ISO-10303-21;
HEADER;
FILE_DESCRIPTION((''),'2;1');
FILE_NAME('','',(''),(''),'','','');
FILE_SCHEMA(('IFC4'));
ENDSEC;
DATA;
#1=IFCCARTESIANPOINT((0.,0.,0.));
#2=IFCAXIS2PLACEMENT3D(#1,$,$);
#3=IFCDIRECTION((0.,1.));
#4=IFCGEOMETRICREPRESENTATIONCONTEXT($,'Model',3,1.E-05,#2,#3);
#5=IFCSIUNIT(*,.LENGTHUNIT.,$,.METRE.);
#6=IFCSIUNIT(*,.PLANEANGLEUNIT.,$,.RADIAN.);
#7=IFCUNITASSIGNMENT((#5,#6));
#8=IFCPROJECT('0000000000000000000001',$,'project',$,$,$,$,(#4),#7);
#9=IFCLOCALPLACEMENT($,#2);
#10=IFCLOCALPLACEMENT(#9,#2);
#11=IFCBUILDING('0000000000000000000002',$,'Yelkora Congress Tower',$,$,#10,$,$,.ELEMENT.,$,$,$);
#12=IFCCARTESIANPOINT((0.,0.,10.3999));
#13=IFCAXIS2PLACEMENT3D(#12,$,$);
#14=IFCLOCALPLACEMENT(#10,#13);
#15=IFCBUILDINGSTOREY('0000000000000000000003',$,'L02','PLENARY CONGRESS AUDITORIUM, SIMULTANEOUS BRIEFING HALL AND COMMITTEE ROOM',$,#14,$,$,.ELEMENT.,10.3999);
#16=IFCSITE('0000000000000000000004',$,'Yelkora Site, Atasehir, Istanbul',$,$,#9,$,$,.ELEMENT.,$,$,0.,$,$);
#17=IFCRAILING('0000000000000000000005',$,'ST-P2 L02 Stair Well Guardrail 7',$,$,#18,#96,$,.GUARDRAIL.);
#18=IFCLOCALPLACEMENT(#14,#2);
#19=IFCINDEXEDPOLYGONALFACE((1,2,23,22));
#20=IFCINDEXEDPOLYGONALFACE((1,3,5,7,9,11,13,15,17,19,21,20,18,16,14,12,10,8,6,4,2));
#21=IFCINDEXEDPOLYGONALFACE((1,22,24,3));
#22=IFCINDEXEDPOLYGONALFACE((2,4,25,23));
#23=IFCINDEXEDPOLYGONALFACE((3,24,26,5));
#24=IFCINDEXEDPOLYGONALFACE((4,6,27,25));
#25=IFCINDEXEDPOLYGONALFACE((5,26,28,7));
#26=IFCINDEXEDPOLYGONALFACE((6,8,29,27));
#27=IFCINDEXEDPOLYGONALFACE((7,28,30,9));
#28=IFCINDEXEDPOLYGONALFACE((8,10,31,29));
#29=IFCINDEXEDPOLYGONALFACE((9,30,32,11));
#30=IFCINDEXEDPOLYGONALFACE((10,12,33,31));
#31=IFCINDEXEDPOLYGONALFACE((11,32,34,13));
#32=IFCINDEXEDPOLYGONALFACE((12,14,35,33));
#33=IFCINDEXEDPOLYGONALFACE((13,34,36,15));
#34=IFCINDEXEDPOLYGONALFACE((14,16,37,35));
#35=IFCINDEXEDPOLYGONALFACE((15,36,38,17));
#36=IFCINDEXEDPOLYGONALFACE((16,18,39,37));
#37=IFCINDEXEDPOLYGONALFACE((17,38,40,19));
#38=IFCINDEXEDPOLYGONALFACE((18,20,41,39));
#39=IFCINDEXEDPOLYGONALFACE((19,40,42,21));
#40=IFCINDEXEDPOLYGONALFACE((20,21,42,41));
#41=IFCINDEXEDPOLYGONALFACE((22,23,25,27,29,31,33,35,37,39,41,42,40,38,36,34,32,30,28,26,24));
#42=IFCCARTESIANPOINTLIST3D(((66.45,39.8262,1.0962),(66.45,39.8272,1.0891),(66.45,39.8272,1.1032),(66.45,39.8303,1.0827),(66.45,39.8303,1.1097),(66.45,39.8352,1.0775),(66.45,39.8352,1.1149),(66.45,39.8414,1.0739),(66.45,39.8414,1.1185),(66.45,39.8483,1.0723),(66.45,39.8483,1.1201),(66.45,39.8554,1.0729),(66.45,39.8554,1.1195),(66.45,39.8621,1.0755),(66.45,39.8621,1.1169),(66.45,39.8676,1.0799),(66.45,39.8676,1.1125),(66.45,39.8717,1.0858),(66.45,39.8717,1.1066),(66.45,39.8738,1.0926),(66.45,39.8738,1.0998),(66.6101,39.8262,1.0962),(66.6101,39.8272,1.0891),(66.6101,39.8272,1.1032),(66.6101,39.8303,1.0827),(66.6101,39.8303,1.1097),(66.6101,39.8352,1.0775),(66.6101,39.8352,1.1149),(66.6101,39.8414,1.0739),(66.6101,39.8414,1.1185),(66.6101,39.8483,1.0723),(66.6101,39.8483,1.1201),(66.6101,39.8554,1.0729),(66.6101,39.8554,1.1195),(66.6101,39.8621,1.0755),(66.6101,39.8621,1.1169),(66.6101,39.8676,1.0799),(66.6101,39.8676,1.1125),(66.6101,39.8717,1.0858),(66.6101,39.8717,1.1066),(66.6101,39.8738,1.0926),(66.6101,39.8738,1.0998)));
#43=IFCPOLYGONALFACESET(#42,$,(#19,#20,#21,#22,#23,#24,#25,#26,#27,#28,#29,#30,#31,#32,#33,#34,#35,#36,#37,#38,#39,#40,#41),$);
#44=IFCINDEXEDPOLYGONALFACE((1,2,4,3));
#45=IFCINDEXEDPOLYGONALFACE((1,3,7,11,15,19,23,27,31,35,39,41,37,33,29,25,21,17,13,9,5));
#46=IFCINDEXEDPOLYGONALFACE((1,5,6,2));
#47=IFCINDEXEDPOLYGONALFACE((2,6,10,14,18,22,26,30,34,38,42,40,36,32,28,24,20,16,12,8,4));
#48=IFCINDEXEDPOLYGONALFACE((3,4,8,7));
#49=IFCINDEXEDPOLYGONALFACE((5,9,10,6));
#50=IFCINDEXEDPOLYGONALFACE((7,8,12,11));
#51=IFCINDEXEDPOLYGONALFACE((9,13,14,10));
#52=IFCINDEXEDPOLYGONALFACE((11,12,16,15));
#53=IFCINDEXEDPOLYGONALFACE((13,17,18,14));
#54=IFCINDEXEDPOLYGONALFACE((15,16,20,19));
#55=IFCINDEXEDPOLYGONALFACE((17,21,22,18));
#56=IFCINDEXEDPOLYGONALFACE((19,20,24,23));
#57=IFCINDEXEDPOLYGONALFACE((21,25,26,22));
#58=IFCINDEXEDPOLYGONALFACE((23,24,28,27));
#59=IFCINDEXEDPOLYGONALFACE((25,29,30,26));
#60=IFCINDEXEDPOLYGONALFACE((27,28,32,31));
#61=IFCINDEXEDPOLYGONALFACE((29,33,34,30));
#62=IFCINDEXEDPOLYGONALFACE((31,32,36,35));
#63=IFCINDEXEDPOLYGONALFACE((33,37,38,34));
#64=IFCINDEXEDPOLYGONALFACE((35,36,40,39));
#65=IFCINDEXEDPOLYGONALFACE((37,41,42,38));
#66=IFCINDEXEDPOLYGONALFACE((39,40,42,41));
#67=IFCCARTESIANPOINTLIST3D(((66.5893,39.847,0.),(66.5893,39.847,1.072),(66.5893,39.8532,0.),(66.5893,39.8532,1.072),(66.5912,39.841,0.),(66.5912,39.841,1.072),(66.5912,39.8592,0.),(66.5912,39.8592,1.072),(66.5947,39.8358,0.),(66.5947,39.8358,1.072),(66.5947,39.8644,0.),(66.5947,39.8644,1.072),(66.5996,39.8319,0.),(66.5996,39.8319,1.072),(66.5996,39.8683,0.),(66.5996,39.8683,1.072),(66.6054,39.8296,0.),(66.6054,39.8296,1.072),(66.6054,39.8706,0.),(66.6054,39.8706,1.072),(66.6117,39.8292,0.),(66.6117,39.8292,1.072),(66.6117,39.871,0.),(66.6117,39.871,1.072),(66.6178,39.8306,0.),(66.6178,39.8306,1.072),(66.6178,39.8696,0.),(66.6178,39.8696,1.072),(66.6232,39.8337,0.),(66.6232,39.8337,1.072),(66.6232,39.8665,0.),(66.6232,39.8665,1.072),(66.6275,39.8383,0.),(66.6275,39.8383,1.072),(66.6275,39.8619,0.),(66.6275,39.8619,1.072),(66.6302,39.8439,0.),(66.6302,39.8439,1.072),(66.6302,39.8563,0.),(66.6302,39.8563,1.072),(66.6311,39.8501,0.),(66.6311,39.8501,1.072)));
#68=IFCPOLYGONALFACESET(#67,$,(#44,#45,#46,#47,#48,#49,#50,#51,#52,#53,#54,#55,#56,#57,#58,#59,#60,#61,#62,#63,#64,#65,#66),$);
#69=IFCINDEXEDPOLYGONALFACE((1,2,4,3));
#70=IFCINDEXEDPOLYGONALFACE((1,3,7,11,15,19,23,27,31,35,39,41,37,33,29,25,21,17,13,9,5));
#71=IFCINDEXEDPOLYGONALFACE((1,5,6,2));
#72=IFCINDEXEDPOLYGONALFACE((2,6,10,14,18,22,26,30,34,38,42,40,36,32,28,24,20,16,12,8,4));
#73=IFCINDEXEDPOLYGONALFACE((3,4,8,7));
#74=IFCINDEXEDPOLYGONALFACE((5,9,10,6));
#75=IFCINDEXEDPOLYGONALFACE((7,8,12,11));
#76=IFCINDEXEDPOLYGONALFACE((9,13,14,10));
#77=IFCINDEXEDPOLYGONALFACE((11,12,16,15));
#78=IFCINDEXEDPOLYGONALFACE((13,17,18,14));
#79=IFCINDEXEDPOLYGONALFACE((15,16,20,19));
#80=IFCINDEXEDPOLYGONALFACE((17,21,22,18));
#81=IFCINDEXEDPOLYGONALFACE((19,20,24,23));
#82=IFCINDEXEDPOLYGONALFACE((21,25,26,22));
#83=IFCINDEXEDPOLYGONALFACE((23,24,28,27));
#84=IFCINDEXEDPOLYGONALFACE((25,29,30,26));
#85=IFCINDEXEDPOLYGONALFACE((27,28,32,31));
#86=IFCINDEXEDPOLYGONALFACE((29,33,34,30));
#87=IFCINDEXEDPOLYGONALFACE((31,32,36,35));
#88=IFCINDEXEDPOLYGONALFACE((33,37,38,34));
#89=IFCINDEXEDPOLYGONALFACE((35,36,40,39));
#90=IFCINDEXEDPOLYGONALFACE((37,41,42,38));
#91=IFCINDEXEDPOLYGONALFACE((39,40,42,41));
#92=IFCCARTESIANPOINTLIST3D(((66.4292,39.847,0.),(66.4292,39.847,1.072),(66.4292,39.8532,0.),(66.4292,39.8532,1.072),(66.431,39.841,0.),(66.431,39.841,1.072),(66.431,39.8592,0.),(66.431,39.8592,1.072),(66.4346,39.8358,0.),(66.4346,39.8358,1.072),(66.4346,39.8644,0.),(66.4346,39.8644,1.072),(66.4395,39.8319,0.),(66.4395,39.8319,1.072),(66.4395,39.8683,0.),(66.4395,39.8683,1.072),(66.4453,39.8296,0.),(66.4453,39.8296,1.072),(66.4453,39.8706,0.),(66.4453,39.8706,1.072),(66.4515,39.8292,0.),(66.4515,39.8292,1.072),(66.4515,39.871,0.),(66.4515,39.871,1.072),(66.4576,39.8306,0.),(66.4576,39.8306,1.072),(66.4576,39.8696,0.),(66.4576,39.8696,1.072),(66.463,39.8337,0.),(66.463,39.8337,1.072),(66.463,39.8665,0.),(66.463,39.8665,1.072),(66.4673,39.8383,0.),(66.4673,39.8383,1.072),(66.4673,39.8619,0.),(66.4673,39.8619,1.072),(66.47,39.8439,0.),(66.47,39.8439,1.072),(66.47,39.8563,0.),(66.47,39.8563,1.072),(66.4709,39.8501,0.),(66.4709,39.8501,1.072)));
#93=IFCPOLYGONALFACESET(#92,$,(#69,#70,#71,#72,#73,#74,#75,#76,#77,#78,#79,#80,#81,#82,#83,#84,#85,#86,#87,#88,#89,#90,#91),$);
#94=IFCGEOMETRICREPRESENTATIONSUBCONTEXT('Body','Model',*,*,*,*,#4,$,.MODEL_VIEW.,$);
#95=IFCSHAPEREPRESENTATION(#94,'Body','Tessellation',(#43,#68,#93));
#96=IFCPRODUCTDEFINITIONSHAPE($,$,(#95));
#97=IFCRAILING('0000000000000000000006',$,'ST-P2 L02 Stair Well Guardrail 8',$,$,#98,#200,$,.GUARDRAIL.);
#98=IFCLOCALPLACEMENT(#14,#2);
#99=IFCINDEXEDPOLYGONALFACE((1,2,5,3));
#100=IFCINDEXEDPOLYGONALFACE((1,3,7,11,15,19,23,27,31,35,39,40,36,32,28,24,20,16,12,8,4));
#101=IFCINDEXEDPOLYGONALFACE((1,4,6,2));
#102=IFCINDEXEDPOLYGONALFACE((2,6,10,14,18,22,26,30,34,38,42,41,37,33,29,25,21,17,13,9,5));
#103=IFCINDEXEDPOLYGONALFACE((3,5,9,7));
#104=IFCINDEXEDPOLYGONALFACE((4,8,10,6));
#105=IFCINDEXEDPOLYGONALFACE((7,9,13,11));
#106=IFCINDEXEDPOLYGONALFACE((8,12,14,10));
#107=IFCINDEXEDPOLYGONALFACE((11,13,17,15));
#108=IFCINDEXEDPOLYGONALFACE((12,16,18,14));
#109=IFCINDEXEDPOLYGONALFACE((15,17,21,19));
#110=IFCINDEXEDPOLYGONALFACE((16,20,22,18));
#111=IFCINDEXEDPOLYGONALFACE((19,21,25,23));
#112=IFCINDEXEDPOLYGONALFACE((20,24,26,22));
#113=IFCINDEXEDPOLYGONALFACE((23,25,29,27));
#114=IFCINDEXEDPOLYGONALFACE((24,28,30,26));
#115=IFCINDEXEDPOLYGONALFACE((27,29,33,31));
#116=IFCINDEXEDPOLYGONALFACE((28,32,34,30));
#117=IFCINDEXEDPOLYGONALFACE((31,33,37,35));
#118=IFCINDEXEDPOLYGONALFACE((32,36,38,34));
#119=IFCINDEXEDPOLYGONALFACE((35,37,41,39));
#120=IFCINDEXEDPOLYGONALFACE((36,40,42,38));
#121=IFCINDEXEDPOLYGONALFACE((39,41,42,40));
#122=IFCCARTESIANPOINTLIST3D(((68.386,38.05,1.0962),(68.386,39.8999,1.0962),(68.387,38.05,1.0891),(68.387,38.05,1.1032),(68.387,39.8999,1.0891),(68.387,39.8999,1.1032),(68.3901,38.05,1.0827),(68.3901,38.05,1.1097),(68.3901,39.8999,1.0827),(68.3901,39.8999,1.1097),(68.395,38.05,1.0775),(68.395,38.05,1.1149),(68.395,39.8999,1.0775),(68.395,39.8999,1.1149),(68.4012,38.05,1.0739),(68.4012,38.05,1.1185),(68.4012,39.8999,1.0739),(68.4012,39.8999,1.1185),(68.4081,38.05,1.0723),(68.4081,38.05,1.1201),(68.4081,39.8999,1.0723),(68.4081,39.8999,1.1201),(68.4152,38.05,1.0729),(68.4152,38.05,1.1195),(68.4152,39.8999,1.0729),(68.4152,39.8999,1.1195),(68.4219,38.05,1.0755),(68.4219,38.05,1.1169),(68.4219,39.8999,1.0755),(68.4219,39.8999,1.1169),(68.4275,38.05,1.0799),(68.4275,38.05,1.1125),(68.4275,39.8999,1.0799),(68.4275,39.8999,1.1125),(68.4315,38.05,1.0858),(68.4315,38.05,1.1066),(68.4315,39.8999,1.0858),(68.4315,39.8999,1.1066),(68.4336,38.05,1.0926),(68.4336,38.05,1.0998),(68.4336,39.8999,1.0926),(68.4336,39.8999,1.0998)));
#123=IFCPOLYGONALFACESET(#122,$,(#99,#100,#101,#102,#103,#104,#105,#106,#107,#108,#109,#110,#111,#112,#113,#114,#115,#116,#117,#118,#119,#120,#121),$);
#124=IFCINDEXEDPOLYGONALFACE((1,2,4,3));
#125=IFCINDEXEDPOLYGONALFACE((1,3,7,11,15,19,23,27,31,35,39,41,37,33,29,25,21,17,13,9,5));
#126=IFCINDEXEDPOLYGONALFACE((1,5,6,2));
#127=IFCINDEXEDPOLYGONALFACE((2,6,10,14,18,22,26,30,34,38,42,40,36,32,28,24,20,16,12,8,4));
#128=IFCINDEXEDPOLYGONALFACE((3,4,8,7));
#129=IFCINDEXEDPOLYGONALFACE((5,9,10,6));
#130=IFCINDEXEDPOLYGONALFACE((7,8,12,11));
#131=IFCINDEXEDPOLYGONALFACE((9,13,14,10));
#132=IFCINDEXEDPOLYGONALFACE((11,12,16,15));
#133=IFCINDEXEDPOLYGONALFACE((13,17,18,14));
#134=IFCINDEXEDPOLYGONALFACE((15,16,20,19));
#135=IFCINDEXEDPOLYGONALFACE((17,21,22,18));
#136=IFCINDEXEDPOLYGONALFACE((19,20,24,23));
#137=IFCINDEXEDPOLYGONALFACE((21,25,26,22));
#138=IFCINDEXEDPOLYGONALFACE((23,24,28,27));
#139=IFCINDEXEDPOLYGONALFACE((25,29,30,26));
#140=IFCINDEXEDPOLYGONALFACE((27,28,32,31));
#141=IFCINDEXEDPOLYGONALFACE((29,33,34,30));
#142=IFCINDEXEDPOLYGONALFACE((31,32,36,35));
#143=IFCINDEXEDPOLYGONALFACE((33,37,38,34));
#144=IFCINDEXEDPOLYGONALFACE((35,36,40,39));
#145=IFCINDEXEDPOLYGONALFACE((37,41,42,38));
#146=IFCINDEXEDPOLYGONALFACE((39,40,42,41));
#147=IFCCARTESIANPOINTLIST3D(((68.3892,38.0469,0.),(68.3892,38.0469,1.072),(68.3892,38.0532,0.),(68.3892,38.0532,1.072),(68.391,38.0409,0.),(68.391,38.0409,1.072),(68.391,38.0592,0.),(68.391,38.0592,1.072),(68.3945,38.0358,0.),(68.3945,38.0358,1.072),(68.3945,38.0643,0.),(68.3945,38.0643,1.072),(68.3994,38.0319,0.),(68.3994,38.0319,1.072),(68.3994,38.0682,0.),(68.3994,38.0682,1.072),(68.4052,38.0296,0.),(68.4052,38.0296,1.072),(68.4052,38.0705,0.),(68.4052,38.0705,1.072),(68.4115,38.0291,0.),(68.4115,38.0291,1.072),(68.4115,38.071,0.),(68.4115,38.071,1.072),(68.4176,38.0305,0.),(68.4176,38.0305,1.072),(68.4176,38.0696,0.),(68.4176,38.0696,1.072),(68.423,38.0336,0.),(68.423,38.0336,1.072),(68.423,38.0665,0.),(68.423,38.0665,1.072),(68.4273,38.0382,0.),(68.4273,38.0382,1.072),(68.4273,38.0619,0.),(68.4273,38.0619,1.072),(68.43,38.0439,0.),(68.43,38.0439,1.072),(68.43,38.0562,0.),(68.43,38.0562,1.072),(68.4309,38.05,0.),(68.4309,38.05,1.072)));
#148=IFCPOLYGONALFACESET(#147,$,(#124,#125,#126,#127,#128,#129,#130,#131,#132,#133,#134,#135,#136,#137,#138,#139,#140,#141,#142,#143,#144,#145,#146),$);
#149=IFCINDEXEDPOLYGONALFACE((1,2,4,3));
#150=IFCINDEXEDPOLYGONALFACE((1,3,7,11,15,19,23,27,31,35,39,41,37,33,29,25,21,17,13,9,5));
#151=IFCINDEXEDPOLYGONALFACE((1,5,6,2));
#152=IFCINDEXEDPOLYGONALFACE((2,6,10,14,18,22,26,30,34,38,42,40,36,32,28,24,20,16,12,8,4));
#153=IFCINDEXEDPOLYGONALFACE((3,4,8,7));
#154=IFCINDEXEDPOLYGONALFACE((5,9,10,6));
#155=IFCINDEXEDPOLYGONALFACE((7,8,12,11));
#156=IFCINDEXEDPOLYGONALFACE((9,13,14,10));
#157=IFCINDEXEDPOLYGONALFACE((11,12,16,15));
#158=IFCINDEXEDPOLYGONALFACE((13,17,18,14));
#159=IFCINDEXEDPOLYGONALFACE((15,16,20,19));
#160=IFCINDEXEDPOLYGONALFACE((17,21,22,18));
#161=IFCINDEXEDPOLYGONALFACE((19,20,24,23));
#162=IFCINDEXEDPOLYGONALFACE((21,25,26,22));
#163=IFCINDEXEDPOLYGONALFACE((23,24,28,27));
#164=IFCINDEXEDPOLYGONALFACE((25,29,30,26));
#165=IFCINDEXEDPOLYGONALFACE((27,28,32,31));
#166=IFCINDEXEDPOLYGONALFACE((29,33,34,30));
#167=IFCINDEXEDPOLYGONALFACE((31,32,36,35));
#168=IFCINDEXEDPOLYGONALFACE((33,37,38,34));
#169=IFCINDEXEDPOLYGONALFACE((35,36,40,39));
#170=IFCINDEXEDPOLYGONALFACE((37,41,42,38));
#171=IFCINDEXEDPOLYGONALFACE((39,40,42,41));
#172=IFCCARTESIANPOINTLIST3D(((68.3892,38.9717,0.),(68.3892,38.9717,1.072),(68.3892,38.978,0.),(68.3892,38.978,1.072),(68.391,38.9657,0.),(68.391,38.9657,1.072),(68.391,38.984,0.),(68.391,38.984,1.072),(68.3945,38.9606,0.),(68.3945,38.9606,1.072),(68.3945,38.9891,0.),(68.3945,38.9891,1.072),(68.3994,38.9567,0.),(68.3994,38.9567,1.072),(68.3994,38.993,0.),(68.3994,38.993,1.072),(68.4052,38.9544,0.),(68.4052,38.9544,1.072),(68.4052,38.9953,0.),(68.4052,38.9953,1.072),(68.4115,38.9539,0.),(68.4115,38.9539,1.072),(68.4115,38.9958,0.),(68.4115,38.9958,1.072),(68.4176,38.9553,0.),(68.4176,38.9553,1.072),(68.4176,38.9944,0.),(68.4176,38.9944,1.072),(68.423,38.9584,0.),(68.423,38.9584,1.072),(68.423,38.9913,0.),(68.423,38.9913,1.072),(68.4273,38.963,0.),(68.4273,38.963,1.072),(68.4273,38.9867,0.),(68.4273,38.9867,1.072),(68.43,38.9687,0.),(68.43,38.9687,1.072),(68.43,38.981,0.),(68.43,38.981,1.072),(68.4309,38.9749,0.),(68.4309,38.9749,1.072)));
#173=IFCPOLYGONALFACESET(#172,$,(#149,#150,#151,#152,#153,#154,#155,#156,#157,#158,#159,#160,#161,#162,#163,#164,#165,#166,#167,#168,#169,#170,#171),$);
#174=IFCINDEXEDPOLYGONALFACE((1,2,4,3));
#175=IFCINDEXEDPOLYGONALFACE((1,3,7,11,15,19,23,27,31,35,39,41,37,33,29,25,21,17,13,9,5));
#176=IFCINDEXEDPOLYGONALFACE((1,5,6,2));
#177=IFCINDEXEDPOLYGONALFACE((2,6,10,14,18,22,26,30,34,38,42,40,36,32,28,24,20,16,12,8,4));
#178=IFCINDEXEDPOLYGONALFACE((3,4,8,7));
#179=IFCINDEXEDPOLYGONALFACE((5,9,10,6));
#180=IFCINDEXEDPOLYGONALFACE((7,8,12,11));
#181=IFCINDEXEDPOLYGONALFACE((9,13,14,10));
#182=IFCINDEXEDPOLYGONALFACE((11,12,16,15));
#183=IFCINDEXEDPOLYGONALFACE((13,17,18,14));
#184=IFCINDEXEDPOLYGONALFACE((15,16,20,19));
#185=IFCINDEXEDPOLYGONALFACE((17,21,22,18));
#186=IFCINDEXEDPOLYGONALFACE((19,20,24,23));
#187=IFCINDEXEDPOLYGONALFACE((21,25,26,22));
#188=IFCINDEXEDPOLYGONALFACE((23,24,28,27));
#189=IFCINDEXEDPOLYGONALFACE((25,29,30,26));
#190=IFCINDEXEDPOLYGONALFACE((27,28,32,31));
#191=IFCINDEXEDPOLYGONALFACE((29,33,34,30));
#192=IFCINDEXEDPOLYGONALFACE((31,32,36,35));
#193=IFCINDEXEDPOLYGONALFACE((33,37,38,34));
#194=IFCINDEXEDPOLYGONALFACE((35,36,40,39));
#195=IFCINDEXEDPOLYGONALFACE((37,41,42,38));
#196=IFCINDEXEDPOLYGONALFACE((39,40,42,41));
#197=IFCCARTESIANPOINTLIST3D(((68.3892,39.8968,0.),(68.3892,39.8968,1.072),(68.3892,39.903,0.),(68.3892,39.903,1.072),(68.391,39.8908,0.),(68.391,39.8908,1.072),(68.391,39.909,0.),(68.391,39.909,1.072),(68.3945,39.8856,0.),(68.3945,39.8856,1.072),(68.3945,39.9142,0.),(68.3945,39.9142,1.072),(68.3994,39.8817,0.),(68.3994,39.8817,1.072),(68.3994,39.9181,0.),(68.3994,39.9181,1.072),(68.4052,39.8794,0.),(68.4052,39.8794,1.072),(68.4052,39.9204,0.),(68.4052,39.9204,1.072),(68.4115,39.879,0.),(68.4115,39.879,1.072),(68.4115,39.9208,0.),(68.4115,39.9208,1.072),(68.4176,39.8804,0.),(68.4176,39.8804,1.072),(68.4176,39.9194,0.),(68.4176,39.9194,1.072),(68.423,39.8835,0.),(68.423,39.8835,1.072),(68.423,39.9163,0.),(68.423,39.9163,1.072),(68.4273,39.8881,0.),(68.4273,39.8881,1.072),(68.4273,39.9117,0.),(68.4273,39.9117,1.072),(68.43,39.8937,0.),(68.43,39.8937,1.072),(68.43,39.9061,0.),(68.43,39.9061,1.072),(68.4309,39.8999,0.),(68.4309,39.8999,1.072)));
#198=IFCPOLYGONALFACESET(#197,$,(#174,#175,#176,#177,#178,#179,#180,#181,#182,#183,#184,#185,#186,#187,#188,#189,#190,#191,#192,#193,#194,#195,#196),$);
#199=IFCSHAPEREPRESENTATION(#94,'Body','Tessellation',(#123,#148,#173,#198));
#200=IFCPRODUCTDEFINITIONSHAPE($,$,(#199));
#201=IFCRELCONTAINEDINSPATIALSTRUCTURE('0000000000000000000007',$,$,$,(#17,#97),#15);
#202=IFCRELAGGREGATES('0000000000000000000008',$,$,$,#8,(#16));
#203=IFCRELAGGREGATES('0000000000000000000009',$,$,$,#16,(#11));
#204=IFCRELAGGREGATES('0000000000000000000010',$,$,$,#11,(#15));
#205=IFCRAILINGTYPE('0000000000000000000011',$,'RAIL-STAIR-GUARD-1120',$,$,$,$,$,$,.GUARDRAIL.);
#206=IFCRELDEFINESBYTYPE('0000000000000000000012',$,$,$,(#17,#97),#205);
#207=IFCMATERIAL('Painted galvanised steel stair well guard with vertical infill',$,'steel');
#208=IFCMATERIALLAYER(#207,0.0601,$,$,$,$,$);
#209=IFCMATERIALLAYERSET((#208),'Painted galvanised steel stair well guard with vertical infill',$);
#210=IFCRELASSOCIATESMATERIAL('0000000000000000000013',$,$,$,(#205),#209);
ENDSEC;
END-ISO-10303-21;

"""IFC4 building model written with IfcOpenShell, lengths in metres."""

from ifc_helpers import new_model, si_unit, direction, frame, origin, origin_2d, place, context, subcontext, project, spatial, circle, extrude, material, layer, layer_set, type_object, element, save


model = new_model("IFC4")

# Units and contexts
model_context = context("Model", 3, precision=1e-05, world=origin(), true_north=direction((0.0, 1.0)))
body_context = subcontext(model_context, "Body", "Model", "MODEL_VIEW")
ifc_project = project(units=[si_unit("LENGTHUNIT", "METRE"), si_unit("PLANEANGLEUNIT", "RADIAN")], contexts=[model_context])

# Site, building, storey
site_placement = place(None, origin())
site = spatial("IfcSite", under=ifc_project, at=site_placement, Name="Yelkora Site, Atasehir, Istanbul", CompositionType="ELEMENT", RefElevation=0.0)
building_placement = place(site_placement, origin())
building = spatial("IfcBuilding", under=site, at=building_placement, Name="Yelkora Congress Tower", CompositionType="ELEMENT")
storey_placement = place(building_placement, frame((0.0, 0.0, 10.3999)))
storey = spatial("IfcBuildingStorey", under=building, at=storey_placement, Name="L02", Description="PLENARY CONGRESS AUDITORIUM, SIMULTANEOUS BRIEFING HALL AND COMMITTEE ROOM", CompositionType="ELEMENT", Elevation=10.3999)

# Railings
ifc_material_1 = material(Name="Painted galvanised steel stair well guard with vertical infill", Category="steel")
ifc_layer_1 = layer(ifc_material_1, 0.0601)
ifc_layer_set_1 = layer_set([ifc_layer_1], Name="Painted galvanised steel stair well guard with vertical infill")
railing_type_1 = type_object("IfcRailingType", Name="RAIL-STAIR-GUARD-1120", PredefinedType="GUARDRAIL", material=ifc_layer_set_1)
railing_1_placement = place(storey_placement, frame((66.6101, 39.8501, 0.0)))
element("IfcRailing", 1, at=railing_1_placement, inside=storey, type_object=railing_type_1, Name="ST-P2 L02 Stair Well Guardrail 7", PredefinedType="GUARDRAIL", context=body_context, shape_type="SweptSolid", body=[
    extrude(circle(Radius=0.0239, at=origin_2d()), frame((0.0, 0.0, 1.0962), z_axis=(-1.0, 0.0, 0.0), x_axis=(0.0, -1.0, 0.0)), (0.0, 0.0, 1.0), 0.1602),
    extrude(circle(Radius=0.021, at=origin_2d()), origin(), (0.0, 0.0, 1.0), 1.072),
    extrude(circle(Radius=0.021, at=origin_2d()), frame((-0.1602, 0.0, 0.0)), (0.0, 0.0, 1.0), 1.072),
])
railing_2_placement = place(storey_placement, frame((68.4099, 38.05, 0.0)))
element("IfcRailing", 2, at=railing_2_placement, inside=storey, type_object=railing_type_1, Name="ST-P2 L02 Stair Well Guardrail 8", PredefinedType="GUARDRAIL", context=body_context, shape_type="SweptSolid", body=[
    extrude(circle(Radius=0.0239, at=origin_2d()), frame((0.0, 0.0, 1.0962), z_axis=(0.0, 1.0, 0.0), x_axis=(-1.0, 0.0, 0.0)), (0.0, 0.0, 1.0), 1.8499),
    extrude(circle(Radius=0.021, at=origin_2d()), origin(), (0.0, 0.0, 1.0), 1.072),
    extrude(circle(Radius=0.021, at=origin_2d()), frame((0.0, 0.9248, 0.0)), (0.0, 0.0, 1.0), 1.072),
    extrude(circle(Radius=0.021, at=origin_2d()), frame((0.0, 1.8499, 0.0)), (0.0, 0.0, 1.0), 1.072),
])

save(model, "model.ifc")
